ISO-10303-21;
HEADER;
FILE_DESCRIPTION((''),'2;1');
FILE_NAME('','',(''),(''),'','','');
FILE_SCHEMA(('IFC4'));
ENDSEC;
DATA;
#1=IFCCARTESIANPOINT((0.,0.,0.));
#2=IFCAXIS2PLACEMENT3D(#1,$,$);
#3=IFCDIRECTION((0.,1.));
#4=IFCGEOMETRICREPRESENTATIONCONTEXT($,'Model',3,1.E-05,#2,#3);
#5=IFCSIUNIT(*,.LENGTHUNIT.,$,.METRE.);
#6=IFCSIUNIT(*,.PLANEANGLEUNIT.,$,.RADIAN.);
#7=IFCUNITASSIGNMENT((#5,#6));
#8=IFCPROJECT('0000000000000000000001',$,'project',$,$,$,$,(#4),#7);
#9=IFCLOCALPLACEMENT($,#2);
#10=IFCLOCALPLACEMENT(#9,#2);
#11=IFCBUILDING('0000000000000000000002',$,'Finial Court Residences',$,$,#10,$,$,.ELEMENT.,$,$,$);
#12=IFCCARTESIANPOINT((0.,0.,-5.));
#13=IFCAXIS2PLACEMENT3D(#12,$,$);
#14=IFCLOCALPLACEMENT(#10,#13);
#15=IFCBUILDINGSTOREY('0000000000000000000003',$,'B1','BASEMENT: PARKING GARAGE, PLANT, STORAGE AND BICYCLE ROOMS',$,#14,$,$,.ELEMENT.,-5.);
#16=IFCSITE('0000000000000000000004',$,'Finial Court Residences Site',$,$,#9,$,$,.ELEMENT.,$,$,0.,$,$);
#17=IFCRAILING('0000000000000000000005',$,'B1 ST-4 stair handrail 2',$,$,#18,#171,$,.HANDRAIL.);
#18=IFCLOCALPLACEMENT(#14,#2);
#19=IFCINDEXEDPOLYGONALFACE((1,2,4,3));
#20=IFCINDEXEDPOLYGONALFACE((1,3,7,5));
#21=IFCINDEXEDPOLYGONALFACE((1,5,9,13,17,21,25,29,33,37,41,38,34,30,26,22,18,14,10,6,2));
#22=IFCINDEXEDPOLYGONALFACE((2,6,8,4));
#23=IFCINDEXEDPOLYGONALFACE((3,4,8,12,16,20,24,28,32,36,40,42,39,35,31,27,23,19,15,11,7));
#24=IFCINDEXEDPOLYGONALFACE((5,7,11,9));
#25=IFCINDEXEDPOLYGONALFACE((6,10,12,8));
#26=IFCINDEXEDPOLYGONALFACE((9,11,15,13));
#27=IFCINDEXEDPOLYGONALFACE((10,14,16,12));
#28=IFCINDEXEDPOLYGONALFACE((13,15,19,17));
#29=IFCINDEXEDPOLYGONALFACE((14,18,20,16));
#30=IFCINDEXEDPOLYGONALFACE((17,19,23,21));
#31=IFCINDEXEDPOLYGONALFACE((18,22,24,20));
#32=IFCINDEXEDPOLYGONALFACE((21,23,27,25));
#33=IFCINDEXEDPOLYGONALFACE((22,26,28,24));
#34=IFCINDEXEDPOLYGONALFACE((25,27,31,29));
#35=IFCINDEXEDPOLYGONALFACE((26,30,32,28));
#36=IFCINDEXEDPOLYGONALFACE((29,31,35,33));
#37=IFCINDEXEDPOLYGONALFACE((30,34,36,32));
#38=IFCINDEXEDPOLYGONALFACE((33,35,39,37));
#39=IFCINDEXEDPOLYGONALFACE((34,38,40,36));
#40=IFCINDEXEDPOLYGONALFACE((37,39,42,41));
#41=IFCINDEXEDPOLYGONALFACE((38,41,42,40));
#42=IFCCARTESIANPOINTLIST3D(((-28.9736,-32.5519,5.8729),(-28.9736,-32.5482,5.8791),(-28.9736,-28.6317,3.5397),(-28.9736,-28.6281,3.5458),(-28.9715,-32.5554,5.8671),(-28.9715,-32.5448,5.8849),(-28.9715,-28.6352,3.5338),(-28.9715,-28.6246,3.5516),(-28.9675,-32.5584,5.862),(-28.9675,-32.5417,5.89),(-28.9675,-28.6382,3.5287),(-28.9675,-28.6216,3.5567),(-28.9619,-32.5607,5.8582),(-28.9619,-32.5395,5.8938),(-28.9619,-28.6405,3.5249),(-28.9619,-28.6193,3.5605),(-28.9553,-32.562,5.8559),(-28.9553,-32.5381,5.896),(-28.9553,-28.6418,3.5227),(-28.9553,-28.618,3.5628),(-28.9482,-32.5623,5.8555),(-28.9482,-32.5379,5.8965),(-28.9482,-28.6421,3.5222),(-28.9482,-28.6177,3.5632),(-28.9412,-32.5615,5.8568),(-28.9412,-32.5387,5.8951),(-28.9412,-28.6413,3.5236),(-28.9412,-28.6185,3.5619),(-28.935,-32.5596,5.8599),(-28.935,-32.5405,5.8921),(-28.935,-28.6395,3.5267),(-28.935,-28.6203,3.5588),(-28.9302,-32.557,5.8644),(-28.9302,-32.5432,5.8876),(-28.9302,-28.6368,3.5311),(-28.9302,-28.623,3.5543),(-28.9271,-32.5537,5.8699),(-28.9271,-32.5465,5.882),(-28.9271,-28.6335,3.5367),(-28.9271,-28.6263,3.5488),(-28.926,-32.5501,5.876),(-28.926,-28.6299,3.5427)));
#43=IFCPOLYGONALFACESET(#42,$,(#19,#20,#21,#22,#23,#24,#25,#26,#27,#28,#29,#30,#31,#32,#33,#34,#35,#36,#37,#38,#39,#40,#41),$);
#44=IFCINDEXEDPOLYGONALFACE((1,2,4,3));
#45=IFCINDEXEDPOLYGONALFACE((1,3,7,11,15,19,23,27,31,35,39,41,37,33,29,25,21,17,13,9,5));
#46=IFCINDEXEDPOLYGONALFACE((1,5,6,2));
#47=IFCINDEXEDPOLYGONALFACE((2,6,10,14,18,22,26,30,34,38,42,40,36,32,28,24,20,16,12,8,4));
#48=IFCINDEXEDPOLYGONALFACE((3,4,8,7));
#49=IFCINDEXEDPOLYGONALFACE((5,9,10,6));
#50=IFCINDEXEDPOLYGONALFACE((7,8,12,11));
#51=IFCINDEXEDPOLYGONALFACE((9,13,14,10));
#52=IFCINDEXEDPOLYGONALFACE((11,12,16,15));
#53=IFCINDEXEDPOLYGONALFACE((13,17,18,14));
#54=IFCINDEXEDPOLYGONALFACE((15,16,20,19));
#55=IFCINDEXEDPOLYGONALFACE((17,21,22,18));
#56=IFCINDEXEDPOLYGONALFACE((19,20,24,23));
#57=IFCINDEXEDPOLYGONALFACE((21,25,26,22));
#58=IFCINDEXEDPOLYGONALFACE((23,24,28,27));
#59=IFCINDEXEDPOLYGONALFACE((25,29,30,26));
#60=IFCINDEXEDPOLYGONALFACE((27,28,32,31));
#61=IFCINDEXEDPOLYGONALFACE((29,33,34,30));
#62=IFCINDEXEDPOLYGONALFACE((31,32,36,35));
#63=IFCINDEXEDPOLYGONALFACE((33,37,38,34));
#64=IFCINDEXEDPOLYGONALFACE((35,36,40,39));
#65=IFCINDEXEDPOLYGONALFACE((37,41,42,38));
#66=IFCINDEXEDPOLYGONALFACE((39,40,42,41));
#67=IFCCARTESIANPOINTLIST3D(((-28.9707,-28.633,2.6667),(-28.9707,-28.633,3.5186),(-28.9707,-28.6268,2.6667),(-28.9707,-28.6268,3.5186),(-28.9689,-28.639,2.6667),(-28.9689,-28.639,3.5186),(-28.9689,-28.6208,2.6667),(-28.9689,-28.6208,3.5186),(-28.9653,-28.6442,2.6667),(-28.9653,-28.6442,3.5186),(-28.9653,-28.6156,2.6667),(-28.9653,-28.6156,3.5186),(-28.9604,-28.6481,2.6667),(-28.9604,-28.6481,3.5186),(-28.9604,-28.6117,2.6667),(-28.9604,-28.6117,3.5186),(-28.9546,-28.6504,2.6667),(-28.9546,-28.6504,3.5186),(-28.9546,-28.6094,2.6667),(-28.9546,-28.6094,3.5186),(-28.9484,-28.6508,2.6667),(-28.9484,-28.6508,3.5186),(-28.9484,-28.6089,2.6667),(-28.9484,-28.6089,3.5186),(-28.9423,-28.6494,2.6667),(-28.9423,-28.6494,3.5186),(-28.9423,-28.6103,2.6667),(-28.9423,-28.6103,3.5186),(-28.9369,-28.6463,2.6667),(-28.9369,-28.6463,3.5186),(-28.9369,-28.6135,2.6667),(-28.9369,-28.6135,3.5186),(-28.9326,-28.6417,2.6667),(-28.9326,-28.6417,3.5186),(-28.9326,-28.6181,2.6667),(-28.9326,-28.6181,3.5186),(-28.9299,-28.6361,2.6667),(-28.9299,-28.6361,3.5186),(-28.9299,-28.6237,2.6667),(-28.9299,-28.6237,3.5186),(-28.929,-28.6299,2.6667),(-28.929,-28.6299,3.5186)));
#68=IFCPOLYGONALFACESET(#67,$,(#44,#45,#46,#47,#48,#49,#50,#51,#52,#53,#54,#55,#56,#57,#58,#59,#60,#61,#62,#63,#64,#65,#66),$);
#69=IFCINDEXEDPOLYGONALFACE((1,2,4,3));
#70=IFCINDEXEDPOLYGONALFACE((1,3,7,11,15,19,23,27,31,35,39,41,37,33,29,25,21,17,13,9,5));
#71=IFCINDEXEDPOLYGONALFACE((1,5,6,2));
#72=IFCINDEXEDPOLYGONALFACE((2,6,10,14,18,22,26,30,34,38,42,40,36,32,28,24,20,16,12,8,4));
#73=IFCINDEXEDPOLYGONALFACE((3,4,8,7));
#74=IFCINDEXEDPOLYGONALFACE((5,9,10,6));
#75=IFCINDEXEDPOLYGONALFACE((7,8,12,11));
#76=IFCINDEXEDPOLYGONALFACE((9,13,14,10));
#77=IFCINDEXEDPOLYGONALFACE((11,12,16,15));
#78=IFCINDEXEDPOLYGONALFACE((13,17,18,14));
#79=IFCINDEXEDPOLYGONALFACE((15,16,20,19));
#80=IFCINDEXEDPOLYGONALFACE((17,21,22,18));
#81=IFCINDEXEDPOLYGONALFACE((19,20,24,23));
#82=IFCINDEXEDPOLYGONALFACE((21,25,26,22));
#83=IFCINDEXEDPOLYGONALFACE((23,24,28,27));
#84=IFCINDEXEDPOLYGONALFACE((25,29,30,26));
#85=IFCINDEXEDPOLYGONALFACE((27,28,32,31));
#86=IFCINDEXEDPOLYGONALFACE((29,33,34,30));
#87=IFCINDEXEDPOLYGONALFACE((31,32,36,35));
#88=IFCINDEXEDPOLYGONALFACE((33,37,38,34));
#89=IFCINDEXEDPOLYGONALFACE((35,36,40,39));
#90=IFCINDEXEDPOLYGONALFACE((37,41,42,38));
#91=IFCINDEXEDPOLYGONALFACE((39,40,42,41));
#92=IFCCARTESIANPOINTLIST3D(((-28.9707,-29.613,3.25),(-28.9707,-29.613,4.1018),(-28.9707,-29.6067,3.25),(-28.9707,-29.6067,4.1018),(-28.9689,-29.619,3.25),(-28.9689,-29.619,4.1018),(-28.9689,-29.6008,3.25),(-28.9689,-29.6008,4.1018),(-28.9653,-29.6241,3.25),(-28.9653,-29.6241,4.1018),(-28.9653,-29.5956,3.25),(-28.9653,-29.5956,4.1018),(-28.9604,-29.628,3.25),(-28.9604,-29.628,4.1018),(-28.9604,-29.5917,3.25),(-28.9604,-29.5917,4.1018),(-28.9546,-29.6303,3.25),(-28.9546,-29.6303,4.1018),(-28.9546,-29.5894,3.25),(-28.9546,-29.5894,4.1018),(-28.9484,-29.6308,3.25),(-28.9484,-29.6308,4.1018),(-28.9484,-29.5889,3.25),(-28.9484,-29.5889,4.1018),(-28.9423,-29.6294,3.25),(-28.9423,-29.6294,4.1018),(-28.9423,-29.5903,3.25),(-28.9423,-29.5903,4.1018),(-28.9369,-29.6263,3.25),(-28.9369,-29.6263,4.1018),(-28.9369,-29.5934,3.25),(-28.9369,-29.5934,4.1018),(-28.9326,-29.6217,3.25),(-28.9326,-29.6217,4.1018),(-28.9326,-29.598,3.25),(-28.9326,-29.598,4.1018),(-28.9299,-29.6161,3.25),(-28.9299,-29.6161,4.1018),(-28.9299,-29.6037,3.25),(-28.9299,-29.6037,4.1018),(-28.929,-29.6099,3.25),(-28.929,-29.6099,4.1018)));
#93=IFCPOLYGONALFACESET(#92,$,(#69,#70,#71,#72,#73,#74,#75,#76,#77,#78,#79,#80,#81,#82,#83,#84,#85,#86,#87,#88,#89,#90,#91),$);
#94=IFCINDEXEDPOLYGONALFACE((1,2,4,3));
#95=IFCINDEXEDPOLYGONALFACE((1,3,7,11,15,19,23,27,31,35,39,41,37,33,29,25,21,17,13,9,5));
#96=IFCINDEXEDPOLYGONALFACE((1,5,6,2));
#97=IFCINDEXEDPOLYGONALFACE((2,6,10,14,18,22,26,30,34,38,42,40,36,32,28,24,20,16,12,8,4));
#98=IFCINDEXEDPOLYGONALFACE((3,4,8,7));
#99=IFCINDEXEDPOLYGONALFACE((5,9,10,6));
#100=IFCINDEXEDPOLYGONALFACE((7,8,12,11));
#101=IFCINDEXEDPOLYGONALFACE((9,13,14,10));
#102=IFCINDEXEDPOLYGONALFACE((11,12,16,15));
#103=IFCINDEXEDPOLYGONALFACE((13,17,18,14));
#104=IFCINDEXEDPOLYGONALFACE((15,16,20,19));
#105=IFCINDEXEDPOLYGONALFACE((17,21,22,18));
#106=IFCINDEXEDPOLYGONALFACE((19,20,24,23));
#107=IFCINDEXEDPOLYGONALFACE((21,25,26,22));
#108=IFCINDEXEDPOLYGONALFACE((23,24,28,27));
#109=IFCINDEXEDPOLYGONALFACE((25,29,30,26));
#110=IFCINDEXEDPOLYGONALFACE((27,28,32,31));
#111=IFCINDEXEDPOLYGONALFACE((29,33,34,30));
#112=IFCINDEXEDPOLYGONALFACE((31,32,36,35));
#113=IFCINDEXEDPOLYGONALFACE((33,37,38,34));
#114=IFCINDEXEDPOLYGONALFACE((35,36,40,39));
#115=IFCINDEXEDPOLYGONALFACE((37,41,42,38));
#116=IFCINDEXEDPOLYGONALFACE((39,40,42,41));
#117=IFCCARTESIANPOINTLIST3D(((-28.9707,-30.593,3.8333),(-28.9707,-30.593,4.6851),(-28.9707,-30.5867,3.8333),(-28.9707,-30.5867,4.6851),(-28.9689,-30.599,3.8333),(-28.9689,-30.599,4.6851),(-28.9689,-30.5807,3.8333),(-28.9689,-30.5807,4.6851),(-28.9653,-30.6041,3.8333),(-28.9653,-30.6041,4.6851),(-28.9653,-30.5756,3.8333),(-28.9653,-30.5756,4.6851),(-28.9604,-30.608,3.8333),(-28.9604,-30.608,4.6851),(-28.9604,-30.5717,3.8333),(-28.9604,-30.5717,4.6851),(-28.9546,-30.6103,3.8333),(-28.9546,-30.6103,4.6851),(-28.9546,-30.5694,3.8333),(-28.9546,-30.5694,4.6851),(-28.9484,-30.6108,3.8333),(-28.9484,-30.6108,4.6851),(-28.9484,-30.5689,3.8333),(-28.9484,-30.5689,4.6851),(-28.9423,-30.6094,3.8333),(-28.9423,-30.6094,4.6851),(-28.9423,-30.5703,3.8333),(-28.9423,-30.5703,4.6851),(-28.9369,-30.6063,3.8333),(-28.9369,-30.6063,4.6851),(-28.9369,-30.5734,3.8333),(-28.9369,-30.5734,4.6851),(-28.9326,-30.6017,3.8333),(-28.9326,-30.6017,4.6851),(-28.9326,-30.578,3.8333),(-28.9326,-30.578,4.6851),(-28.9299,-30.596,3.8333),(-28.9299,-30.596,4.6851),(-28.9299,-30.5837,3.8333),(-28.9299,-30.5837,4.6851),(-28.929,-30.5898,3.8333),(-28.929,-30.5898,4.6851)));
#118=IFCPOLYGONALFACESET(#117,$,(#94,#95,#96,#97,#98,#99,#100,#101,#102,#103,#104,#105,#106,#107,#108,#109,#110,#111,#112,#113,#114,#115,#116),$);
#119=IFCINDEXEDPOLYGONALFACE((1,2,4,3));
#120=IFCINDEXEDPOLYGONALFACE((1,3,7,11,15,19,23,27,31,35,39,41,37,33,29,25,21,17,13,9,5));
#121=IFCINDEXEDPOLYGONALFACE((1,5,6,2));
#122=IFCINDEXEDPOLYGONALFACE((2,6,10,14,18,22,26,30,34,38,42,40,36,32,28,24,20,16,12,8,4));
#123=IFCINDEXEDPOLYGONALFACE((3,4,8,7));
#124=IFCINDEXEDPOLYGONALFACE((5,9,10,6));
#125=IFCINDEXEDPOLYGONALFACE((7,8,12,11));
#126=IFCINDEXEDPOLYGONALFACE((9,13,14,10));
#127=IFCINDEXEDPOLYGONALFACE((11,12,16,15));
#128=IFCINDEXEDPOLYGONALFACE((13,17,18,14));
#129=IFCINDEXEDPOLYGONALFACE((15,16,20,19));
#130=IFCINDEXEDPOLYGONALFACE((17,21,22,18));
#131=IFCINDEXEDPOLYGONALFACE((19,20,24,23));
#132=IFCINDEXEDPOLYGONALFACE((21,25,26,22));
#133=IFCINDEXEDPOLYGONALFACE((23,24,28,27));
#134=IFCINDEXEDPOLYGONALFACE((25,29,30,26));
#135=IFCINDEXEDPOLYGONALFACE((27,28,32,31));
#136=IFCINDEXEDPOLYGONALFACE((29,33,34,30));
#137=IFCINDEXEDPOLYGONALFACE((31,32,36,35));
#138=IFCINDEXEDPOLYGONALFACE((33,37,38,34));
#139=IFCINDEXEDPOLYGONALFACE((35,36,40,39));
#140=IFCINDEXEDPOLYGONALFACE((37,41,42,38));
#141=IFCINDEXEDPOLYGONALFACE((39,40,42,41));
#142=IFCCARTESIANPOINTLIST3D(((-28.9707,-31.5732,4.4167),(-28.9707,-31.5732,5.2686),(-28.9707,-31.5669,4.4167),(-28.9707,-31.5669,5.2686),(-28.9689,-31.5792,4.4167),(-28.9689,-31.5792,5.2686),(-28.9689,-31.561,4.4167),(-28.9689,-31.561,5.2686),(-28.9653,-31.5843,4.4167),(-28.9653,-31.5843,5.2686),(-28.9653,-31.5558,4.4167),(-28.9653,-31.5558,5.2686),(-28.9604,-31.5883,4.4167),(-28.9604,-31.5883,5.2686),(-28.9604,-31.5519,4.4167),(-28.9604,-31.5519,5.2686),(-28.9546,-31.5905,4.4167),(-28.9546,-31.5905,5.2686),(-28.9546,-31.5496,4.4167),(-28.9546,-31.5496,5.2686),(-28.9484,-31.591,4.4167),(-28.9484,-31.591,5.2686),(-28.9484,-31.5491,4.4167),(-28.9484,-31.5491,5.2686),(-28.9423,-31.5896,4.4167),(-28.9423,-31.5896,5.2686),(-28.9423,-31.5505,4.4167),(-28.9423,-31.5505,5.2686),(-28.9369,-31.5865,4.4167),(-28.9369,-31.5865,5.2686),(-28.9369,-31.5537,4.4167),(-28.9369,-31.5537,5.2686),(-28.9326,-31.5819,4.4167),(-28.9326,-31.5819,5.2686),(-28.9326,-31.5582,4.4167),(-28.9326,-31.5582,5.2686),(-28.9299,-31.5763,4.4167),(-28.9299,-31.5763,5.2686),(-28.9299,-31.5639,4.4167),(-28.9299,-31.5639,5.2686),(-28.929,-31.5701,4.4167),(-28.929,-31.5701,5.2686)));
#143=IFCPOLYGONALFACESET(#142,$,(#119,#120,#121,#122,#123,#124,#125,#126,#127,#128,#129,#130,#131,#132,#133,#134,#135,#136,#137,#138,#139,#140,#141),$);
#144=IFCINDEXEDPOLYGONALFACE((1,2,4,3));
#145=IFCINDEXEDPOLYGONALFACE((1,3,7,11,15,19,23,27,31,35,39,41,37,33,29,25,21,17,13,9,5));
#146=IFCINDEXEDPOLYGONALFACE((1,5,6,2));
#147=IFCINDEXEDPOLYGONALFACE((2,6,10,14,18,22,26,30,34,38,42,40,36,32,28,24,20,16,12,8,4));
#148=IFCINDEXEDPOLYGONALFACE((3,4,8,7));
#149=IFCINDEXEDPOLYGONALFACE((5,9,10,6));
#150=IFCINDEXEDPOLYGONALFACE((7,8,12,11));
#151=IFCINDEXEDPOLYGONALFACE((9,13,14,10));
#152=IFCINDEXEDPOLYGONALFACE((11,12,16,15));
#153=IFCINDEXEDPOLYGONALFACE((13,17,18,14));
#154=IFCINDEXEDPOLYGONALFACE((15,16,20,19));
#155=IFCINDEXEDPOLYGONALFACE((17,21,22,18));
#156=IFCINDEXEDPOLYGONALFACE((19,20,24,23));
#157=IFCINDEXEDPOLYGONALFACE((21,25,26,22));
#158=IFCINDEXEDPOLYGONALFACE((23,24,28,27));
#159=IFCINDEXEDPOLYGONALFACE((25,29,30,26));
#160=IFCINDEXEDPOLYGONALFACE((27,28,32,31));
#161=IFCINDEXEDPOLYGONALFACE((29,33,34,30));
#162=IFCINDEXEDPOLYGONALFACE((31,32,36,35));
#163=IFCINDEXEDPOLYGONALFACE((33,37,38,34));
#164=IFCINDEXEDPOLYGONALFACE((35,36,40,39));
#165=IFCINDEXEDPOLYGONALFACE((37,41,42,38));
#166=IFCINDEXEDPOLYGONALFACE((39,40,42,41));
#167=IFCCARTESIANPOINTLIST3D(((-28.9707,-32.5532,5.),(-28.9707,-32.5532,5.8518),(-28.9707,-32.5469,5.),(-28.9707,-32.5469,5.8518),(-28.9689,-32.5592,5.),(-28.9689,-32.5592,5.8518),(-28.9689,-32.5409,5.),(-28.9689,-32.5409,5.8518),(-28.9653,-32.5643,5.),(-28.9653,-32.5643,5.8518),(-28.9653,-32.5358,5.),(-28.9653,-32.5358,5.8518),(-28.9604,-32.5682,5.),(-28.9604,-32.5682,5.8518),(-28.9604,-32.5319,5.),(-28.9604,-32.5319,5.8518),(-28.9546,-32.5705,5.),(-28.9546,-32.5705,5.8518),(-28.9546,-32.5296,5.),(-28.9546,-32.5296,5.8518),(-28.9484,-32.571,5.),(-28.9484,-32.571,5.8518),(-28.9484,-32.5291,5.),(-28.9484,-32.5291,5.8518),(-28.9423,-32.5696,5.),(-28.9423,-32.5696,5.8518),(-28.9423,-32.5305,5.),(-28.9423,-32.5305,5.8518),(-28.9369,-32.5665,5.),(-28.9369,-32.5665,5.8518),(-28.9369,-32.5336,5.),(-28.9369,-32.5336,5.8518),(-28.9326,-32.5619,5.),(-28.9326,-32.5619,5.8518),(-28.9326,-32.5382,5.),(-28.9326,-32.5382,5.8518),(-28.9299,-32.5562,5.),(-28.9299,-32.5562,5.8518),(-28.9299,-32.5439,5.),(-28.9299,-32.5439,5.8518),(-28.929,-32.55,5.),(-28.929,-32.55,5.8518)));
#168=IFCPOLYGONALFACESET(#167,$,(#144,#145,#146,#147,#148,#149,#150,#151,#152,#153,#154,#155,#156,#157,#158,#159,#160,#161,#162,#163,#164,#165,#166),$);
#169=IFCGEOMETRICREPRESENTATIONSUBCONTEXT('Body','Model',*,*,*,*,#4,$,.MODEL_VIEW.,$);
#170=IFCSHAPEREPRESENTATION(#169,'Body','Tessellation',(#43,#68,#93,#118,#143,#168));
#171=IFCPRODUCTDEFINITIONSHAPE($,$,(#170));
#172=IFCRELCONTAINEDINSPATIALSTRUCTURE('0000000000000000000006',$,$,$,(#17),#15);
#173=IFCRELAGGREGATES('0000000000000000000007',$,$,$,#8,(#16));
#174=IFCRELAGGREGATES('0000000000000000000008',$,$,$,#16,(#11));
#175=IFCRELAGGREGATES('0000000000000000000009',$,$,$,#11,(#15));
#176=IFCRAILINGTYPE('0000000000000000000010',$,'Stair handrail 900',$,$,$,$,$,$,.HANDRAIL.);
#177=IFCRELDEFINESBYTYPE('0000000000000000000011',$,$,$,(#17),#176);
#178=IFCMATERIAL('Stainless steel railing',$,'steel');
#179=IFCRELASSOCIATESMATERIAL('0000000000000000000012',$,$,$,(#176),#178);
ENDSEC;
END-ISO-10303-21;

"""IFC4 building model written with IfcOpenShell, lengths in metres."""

from ifc_helpers import new_model, si_unit, direction, frame, origin, origin_2d, place, context, subcontext, project, spatial, circle, extrude, material, type_object, element, save


model = new_model("IFC4")

# Units and contexts
model_context = context("Model", 3, precision=1e-05, world=origin(), true_north=direction((0.0, 1.0)))
body_context = subcontext(model_context, "Body", "Model", "MODEL_VIEW")
ifc_project = project(units=[si_unit("LENGTHUNIT", "METRE"), si_unit("PLANEANGLEUNIT", "RADIAN")], contexts=[model_context])

# Site, building, storey
site_placement = place(None, origin())
site = spatial("IfcSite", under=ifc_project, at=site_placement, Name="Finial Court Residences Site", CompositionType="ELEMENT", RefElevation=0.0)
building_placement = place(site_placement, origin())
building = spatial("IfcBuilding", under=site, at=building_placement, Name="Finial Court Residences", CompositionType="ELEMENT")
storey_placement = place(building_placement, frame((0.0, 0.0, -5.0)))
storey = spatial("IfcBuildingStorey", under=building, at=storey_placement, Name="B1", Description="BASEMENT: PARKING GARAGE, PLANT, STORAGE AND BICYCLE ROOMS", CompositionType="ELEMENT", Elevation=-5.0)

# Railing
ifc_material_1 = material(Name="Stainless steel railing", Category="steel")
railing_type_1 = type_object("IfcRailingType", Name="Stair handrail 900", PredefinedType="HANDRAIL", material=ifc_material_1)
railing_1_placement = place(storey_placement, frame((-28.95, -28.6299, 2.6667)))
element("IfcRailing", 1, at=railing_1_placement, inside=storey, type_object=railing_type_1, Name="B1 ST-4 stair handrail 2", PredefinedType="HANDRAIL", context=body_context, shape_type="SweptSolid", body=[
    extrude(circle(Radius=0.0239, at=origin_2d()), frame((0.0, 0.0, 0.876), z_axis=(0.0, -0.85931, 0.511455), x_axis=(1.0, 0.0, 0.0)), (0.0, 0.0, 1.0), 4.562),
    extrude(circle(Radius=0.021, at=origin_2d()), origin(), (0.0, 0.0, 1.0), 0.8518),
    extrude(circle(Radius=0.021, at=origin_2d()), frame((0.0, -0.98, 0.5833)), (0.0, 0.0, 1.0), 0.8518),
    extrude(circle(Radius=0.021, at=origin_2d()), frame((0.0, -1.96, 1.1665)), (0.0, 0.0, 1.0), 0.8518),
    extrude(circle(Radius=0.021, at=origin_2d()), frame((0.0, -2.9402, 1.75)), (0.0, 0.0, 1.0), 0.8518),
    extrude(circle(Radius=0.021, at=origin_2d()), frame((0.0, -3.9202, 2.3333)), (0.0, 0.0, 1.0), 0.8518),
])

save(model, "model.ifc")
